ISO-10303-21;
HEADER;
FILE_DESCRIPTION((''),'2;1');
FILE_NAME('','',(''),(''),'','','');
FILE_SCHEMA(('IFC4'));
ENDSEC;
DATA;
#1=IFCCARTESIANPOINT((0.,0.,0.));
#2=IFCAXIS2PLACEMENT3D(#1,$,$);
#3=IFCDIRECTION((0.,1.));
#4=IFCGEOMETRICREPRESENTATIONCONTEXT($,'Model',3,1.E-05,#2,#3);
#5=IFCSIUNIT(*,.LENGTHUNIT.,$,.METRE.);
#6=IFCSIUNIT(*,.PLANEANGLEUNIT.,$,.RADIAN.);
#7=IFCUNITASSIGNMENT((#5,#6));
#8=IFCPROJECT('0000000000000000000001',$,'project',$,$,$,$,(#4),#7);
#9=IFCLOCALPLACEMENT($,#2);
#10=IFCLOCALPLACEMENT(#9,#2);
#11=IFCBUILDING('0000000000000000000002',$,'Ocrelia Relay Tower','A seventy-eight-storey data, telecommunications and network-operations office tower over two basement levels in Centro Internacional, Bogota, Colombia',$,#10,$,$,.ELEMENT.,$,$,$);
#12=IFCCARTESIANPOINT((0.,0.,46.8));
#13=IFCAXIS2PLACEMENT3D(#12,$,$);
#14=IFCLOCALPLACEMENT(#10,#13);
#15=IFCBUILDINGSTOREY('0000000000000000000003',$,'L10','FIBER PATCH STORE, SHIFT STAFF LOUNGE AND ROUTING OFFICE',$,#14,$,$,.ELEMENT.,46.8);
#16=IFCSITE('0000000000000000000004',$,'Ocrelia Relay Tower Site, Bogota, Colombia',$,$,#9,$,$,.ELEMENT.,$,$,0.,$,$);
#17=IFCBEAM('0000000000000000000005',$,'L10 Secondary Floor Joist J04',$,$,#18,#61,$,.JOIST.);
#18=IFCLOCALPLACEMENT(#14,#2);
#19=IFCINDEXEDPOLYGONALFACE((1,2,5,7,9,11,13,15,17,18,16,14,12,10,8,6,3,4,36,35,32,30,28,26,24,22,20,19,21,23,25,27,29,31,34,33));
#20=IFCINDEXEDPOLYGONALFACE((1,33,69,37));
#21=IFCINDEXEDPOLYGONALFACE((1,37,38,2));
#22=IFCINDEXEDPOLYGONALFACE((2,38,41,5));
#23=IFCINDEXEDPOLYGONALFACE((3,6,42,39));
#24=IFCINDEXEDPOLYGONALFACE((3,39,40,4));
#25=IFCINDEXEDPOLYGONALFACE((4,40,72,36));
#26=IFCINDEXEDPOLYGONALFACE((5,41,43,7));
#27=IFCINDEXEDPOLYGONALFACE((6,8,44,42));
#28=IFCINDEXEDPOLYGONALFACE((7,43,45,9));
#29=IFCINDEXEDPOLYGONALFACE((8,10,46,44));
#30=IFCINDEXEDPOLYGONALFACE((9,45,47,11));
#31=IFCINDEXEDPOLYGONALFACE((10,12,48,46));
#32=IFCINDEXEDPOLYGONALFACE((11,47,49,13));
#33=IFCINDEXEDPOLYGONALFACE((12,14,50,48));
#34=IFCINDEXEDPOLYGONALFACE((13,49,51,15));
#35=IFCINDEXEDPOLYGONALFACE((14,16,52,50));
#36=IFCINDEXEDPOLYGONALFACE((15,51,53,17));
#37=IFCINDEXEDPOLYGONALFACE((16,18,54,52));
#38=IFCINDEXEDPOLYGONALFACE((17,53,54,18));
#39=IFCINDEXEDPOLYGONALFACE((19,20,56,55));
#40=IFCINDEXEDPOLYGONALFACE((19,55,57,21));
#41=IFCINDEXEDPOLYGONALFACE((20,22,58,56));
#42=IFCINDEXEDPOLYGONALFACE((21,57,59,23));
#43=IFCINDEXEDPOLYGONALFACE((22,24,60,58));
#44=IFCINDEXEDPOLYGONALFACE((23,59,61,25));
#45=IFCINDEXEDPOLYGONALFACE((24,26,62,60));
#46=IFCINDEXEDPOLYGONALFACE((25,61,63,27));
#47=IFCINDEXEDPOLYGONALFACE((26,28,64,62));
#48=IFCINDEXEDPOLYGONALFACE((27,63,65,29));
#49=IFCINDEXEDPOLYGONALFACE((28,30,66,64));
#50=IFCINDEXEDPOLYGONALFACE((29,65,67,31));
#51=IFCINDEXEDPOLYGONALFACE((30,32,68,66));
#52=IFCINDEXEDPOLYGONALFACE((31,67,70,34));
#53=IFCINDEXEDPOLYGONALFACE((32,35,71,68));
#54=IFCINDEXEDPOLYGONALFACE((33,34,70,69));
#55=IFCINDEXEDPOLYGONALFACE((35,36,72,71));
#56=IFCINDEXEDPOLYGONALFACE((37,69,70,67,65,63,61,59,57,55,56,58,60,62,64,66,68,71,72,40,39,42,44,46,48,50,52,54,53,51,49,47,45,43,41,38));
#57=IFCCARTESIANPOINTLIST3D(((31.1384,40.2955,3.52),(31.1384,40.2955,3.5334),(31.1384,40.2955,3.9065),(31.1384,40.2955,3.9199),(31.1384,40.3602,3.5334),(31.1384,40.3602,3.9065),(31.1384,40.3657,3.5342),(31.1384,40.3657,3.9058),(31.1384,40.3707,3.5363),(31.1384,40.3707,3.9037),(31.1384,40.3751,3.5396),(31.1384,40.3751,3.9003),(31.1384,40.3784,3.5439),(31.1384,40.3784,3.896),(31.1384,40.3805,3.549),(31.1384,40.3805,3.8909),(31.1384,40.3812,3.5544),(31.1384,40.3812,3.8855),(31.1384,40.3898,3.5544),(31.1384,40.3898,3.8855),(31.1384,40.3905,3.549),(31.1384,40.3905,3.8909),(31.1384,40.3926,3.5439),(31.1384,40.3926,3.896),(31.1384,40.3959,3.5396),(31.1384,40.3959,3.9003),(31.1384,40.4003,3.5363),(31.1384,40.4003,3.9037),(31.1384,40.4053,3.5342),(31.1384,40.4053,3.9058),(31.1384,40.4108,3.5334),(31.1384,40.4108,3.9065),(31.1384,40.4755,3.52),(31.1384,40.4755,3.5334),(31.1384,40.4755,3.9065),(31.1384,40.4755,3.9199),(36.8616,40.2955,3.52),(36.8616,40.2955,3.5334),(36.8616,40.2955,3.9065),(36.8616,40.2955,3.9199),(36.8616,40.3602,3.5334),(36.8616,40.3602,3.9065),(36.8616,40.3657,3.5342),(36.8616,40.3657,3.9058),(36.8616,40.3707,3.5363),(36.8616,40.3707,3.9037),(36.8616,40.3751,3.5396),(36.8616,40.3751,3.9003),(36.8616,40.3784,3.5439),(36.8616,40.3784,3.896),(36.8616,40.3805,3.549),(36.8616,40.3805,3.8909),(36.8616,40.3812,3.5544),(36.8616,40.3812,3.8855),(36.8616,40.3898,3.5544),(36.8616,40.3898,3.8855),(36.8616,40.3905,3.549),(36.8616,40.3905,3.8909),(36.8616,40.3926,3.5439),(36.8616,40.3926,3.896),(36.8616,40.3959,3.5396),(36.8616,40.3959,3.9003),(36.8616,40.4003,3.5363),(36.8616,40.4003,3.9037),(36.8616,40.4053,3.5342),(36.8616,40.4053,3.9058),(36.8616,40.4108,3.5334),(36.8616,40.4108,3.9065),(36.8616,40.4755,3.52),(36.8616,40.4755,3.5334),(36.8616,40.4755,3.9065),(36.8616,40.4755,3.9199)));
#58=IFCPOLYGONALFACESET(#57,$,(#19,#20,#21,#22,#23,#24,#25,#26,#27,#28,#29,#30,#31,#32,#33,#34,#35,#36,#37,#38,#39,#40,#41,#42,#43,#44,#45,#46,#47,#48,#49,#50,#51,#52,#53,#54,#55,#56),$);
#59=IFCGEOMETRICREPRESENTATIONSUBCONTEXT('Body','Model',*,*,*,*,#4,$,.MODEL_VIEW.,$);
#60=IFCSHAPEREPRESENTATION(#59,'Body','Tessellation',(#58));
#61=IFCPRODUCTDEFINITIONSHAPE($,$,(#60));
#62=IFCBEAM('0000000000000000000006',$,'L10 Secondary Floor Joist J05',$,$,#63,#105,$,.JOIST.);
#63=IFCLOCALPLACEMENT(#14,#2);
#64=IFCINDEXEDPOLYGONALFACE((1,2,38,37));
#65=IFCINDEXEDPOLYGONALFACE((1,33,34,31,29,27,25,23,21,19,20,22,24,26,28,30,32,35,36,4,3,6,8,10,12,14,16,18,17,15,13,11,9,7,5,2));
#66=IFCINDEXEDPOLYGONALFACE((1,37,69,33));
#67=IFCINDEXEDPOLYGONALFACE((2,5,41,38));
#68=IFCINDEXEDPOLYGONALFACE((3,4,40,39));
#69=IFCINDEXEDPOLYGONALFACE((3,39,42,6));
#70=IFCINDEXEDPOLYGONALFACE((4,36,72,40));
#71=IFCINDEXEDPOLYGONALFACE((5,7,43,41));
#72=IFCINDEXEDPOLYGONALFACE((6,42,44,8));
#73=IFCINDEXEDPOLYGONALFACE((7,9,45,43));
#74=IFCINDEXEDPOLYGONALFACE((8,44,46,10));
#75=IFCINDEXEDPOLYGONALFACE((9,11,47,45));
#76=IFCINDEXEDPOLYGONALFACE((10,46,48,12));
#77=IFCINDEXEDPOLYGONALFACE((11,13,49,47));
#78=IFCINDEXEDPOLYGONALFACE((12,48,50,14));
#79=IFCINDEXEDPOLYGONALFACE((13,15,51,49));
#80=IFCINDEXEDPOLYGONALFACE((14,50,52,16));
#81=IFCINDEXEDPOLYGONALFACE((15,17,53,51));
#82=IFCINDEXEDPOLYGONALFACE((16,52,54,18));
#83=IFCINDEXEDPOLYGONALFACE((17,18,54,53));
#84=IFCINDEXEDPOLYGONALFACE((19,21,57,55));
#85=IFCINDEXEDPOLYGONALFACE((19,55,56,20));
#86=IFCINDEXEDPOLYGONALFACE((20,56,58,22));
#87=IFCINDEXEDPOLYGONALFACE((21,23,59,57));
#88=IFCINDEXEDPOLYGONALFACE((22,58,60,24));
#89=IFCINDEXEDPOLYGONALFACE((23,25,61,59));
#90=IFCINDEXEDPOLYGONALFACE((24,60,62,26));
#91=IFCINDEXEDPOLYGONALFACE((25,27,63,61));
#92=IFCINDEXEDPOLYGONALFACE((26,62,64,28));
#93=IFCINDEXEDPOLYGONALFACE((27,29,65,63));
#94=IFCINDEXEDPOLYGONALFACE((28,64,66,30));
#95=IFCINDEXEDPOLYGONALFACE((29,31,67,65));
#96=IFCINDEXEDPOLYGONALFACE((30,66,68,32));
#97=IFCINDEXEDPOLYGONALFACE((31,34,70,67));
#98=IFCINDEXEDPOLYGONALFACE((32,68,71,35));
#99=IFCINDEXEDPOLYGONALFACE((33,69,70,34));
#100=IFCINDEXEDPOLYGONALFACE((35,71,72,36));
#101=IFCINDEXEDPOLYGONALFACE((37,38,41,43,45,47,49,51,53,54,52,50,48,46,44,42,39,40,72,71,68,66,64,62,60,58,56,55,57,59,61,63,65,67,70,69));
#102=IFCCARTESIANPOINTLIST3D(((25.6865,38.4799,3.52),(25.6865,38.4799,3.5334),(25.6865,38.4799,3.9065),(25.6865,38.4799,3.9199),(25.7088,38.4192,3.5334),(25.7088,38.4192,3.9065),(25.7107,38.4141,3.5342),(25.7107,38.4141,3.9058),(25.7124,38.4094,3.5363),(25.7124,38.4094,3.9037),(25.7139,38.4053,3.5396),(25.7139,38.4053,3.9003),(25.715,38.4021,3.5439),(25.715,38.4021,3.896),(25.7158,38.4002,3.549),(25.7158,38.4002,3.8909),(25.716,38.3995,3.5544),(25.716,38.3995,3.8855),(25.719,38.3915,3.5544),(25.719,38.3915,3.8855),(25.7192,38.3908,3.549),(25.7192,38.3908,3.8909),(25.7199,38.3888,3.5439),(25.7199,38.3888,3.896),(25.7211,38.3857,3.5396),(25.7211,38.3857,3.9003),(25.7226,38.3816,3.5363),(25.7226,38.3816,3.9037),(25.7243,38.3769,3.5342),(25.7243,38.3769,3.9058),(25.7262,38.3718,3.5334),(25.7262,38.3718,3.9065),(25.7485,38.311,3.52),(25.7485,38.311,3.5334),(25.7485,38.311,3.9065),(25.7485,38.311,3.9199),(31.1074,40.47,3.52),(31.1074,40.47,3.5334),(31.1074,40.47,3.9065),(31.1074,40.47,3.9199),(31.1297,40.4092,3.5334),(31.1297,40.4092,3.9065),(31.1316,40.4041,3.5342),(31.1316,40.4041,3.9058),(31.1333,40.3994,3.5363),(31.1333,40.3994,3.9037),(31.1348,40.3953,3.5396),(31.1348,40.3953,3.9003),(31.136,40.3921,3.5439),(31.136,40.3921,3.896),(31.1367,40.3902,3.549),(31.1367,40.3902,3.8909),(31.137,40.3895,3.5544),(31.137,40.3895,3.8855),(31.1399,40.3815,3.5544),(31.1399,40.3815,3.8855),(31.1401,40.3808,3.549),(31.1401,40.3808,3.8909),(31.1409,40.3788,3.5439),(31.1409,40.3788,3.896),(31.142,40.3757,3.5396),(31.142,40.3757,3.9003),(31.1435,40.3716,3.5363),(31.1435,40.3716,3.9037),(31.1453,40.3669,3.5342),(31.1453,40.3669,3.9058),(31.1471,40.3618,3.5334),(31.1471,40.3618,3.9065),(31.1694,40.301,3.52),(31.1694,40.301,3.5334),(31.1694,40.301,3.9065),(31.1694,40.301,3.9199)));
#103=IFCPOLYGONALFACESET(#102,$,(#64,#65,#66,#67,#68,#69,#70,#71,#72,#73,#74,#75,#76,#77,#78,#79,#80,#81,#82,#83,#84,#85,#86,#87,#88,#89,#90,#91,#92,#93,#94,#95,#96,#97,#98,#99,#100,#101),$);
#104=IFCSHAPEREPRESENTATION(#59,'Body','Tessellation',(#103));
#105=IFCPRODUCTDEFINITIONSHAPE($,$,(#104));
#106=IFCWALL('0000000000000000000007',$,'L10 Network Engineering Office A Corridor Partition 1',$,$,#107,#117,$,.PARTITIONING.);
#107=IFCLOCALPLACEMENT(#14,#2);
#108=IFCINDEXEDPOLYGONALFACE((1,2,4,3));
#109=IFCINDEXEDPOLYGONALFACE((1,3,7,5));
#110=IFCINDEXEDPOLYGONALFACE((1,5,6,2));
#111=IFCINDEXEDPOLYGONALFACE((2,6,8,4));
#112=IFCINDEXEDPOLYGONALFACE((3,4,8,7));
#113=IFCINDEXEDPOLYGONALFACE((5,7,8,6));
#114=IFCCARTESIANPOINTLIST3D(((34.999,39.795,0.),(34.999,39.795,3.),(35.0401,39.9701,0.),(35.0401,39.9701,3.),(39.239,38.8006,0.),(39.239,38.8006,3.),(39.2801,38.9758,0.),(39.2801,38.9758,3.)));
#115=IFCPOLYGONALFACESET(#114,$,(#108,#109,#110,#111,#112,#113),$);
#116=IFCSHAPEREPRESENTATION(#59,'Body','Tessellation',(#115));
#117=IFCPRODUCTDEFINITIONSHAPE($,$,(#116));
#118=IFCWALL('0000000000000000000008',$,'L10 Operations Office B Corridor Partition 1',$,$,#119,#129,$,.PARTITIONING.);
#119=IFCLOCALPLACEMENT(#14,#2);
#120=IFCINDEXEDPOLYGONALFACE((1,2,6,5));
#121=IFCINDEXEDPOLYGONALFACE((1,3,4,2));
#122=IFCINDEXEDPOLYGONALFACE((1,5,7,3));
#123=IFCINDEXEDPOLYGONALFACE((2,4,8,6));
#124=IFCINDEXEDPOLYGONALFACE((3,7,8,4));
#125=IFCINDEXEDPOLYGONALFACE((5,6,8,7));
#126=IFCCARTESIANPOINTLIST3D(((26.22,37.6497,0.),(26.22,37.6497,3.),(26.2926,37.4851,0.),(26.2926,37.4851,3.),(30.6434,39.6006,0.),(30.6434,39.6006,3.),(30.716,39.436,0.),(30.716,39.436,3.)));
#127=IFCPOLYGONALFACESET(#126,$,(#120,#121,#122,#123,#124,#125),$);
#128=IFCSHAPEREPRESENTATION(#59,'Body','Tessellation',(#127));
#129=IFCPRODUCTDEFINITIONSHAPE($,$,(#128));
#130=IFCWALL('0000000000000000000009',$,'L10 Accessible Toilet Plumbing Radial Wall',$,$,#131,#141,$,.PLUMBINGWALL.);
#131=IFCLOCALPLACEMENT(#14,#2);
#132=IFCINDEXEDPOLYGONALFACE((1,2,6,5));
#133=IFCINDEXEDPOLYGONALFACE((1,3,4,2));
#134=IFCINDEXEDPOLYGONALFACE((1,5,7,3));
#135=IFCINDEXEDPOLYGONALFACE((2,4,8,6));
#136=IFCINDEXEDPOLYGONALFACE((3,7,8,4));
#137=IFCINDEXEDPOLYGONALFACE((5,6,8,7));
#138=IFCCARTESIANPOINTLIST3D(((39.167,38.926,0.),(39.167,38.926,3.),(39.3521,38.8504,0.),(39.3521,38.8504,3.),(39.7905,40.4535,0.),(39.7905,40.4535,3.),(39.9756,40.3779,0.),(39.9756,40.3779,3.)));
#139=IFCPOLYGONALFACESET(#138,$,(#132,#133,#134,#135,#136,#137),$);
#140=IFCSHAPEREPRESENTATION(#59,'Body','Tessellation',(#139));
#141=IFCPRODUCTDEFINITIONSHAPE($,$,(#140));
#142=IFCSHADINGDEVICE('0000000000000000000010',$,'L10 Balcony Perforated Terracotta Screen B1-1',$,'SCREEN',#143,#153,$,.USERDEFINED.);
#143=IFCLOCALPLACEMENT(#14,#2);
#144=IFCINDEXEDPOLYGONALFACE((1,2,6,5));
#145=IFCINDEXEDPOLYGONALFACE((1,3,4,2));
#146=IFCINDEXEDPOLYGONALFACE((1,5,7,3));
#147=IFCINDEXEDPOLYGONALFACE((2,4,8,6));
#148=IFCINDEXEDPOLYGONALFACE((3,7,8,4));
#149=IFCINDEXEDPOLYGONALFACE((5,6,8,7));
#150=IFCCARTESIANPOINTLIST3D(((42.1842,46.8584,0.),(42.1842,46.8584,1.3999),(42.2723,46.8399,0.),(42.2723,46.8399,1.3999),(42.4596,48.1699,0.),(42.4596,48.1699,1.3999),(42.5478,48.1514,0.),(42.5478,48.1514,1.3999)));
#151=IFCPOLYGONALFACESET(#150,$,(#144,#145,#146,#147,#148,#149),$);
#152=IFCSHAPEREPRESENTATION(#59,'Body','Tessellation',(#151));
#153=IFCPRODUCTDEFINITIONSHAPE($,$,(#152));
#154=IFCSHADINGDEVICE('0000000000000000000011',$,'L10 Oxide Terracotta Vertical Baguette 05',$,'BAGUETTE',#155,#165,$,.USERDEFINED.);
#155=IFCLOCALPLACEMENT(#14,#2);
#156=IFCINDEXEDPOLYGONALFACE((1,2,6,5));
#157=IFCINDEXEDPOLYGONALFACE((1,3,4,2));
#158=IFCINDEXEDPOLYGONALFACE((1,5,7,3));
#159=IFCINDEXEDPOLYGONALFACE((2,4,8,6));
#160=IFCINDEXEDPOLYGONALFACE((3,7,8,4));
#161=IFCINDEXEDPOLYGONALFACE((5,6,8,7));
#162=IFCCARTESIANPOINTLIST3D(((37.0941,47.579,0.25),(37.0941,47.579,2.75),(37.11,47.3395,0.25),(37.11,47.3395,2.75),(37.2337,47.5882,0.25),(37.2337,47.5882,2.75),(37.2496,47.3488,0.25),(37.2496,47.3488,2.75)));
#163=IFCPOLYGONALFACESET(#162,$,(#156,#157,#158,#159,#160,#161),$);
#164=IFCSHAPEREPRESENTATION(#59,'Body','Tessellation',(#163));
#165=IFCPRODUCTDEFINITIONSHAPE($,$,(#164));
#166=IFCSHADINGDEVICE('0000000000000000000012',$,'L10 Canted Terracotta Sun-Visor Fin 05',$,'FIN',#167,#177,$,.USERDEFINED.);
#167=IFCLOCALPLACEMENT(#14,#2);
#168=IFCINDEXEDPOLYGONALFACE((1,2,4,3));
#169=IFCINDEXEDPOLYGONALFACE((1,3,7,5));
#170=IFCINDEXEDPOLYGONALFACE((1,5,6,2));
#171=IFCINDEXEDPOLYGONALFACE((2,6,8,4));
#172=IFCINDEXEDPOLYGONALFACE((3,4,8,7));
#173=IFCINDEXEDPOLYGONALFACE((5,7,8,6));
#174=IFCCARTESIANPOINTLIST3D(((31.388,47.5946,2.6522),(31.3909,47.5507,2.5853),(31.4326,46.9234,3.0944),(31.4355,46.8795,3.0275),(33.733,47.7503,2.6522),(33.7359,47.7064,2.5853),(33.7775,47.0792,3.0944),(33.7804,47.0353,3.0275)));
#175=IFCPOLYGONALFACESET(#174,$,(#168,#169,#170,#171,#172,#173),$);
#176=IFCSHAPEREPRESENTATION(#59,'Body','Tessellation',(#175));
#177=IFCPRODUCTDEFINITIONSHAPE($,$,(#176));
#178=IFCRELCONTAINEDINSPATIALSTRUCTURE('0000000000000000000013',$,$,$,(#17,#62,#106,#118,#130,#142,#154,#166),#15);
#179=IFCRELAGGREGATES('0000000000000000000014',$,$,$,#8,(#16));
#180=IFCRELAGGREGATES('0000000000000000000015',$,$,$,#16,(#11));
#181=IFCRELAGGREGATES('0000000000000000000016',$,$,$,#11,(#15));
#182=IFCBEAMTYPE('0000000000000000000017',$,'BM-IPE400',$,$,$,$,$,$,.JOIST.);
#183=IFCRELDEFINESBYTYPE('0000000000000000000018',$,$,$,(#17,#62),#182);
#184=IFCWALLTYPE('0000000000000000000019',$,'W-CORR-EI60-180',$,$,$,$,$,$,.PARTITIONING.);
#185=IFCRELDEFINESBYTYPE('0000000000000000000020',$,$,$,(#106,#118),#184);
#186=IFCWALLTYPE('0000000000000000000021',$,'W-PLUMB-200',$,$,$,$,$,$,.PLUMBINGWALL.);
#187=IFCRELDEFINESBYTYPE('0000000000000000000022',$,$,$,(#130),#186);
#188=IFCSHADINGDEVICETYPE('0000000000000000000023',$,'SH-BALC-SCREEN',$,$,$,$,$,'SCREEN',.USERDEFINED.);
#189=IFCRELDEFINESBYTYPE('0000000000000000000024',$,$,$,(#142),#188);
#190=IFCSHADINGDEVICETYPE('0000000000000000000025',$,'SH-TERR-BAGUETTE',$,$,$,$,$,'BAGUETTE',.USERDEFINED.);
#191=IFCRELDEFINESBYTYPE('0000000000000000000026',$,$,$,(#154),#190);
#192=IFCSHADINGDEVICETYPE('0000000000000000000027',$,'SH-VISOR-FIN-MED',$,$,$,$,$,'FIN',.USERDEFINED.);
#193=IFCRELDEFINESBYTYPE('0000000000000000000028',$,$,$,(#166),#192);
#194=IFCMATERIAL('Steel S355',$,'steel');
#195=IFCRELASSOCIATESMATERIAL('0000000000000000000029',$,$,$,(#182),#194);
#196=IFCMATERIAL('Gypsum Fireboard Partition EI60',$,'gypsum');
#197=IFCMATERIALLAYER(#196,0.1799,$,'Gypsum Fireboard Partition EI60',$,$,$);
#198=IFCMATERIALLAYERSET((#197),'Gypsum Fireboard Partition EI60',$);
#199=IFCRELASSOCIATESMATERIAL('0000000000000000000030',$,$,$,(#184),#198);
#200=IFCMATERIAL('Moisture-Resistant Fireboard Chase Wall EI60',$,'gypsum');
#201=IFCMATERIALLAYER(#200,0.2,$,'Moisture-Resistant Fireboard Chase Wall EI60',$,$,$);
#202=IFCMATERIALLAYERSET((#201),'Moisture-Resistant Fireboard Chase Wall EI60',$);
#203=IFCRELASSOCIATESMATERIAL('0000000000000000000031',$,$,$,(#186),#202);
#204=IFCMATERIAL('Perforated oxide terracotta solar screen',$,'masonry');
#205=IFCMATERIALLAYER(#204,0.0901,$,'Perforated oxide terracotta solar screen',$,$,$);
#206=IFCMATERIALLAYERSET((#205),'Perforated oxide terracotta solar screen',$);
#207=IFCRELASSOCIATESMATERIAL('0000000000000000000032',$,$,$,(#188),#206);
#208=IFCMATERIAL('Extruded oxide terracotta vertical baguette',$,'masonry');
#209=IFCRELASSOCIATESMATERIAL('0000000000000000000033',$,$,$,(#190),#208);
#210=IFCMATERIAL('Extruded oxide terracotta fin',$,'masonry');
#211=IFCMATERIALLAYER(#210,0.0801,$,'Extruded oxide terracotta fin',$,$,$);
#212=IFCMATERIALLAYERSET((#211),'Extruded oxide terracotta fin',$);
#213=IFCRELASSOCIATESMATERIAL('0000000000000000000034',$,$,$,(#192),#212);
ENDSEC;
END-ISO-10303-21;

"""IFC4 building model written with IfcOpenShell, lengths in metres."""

from ifc_helpers import new_model, si_unit, direction, frame, frame_2d, origin, origin_2d, place, context, subcontext, project, spatial, rectangle, i_section, extrude, material, layer, layer_set, material_profile, profile_set, type_object, element, save


model = new_model("IFC4")

# Units and contexts
model_context = context("Model", 3, precision=1e-05, world=origin(), true_north=direction((0.0, 1.0)))
body_context = subcontext(model_context, "Body", "Model", "MODEL_VIEW")
ifc_project = project(units=[si_unit("LENGTHUNIT", "METRE"), si_unit("PLANEANGLEUNIT", "RADIAN")], contexts=[model_context])

# Site, building, storey
site_placement = place(None, origin())
site = spatial("IfcSite", under=ifc_project, at=site_placement, Name="Ocrelia Relay Tower Site, Bogota, Colombia", CompositionType="ELEMENT", RefElevation=0.0)
building_placement = place(site_placement, origin())
building = spatial("IfcBuilding", under=site, at=building_placement, Name="Ocrelia Relay Tower", Description="A seventy-eight-storey data, telecommunications and network-operations office tower over two basement levels in Centro Internacional, Bogota, Colombia", CompositionType="ELEMENT")
storey_placement = place(building_placement, frame((0.0, 0.0, 46.8)))
storey = spatial("IfcBuildingStorey", under=building, at=storey_placement, Name="L10", Description="FIBER PATCH STORE, SHIFT STAFF LOUNGE AND ROUTING OFFICE", CompositionType="ELEMENT", Elevation=46.8)

# Beams
ifc_material_1 = material(Name="Steel S355", Category="steel")
ifc_material_profile_1 = material_profile(ifc_material_1, i_section(OverallWidth=0.1799, OverallDepth=0.3999, WebThickness=0.0085, FlangeThickness=0.0134, FilletRadius=0.021, at=origin_2d()), Name="IPE 400")
ifc_profile_set_1 = profile_set([ifc_material_profile_1], Name="Steel S355")
beam_type_1 = type_object("IfcBeamType", Name="BM-IPE400", PredefinedType="JOIST", material=ifc_profile_set_1)
beam_1_placement = place(storey_placement, frame((36.8616, 40.3855, 3.72), z_axis=(-1.0, 0.0, 0.0), x_axis=(0.0, -1.0, 0.0)))
element("IfcBeam", 1, at=beam_1_placement, inside=storey, type_object=beam_type_1, Name="L10 Secondary Floor Joist J04", PredefinedType="JOIST", context=body_context, shape_type="SweptSolid", body=[
    extrude(i_section(OverallWidth=0.1799, OverallDepth=0.3999, WebThickness=0.0085, FlangeThickness=0.0134, FilletRadius=0.021, at=origin_2d()), origin(), (0.0, 0.0, 1.0), 5.7231),
])
beam_2_placement = place(storey_placement, frame((31.1384, 40.3855, 3.72), z_axis=(-0.938746, -0.34461, 0.0), x_axis=(0.34461, -0.938746, 0.0)))
element("IfcBeam", 2, at=beam_2_placement, inside=storey, type_object=beam_type_1, Name="L10 Secondary Floor Joist J05", PredefinedType="JOIST", context=body_context, shape_type="SweptSolid", body=[
    extrude(i_section(OverallWidth=0.1799, OverallDepth=0.3999, WebThickness=0.0085, FlangeThickness=0.0134, FilletRadius=0.021, at=origin_2d()), origin(), (0.0, 0.0, 1.0), 5.7747),
])

# Wall
ifc_material_2 = material(Name="Gypsum Fireboard Partition EI60", Category="gypsum")
ifc_layer_1 = layer(ifc_material_2, 0.1799, Name="Gypsum Fireboard Partition EI60")
ifc_layer_set_1 = layer_set([ifc_layer_1], Name="Gypsum Fireboard Partition EI60")
wall_type_1 = type_object("IfcWallType", Name="W-CORR-EI60-180", PredefinedType="PARTITIONING", material=ifc_layer_set_1)
wall_1_placement = place(storey_placement, frame((39.2595, 38.8882, 0.0), z_axis=(0.0, 0.0, 1.0), x_axis=(-0.973584, 0.22833, 0.0)))
element("IfcWall", 3, at=wall_1_placement, inside=storey, type_object=wall_type_1, Name="L10 Network Engineering Office A Corridor Partition 1", PredefinedType="PARTITIONING", context=body_context, shape_type="SweptSolid", body=[
    extrude(rectangle(XDim=4.355, YDim=0.1799, at=frame_2d((2.1775, 0.0))), origin(), (0.0, 0.0, 1.0), 3.0),
])

# Wall
wall_2_placement = place(storey_placement, frame((30.6797, 39.5183, 0.0), z_axis=(0.0, 0.0, 1.0), x_axis=(-0.914959, -0.403546, 0.0)))
element("IfcWall", 4, at=wall_2_placement, inside=storey, type_object=wall_type_1, Name="L10 Operations Office B Corridor Partition 1", PredefinedType="PARTITIONING", context=body_context, shape_type="SweptSolid", body=[
    extrude(rectangle(XDim=4.8345, YDim=0.1799, at=frame_2d((2.4172, 0.0))), origin(), (0.0, 0.0, 1.0), 3.0),
])

# Wall
ifc_material_3 = material(Name="Moisture-Resistant Fireboard Chase Wall EI60", Category="gypsum")
ifc_layer_2 = layer(ifc_material_3, 0.2, Name="Moisture-Resistant Fireboard Chase Wall EI60")
ifc_layer_set_2 = layer_set([ifc_layer_2], Name="Moisture-Resistant Fireboard Chase Wall EI60")
wall_type_2 = type_object("IfcWallType", Name="W-PLUMB-200", PredefinedType="PLUMBINGWALL", material=ifc_layer_set_2)
wall_3_placement = place(storey_placement, frame((39.2595, 38.8882, 0.0), z_axis=(0.0, 0.0, 1.0), x_axis=(0.377913, 0.925841, 0.0)))
element("IfcWall", 5, at=wall_3_placement, inside=storey, type_object=wall_type_2, Name="L10 Accessible Toilet Plumbing Radial Wall", PredefinedType="PLUMBINGWALL", context=body_context, shape_type="SweptSolid", body=[
    extrude(rectangle(XDim=1.6499, YDim=0.2, at=frame_2d((0.825, 0.0))), origin(), (0.0, 0.0, 1.0), 3.0),
])

# Shading devices
ifc_material_4 = material(Name="Perforated oxide terracotta solar screen", Category="masonry")
ifc_layer_3 = layer(ifc_material_4, 0.0901, Name="Perforated oxide terracotta solar screen")
ifc_layer_set_3 = layer_set([ifc_layer_3], Name="Perforated oxide terracotta solar screen")
shading_device_type_1 = type_object("IfcShadingDeviceType", Name="SH-BALC-SCREEN", ElementType="SCREEN", PredefinedType="USERDEFINED", material=ifc_layer_set_3)
shading_device_1_placement = place(storey_placement, frame((42.366, 47.5049, 0.0), z_axis=(0.0, 0.0, 1.0), x_axis=(0.205533, 0.97865, 0.0)))
element("IfcShadingDevice", 6, at=shading_device_1_placement, inside=storey, type_object=shading_device_type_1, Name="L10 Balcony Perforated Terracotta Screen B1-1", ObjectType="SCREEN", PredefinedType="USERDEFINED", context=body_context, shape_type="SweptSolid", body=[
    extrude(rectangle(XDim=1.3401, YDim=0.0901, at=origin_2d()), origin(), (0.0, 0.0, 1.0), 1.3999),
])
ifc_material_5 = material(Name="Extruded oxide terracotta vertical baguette", Category="masonry")
shading_device_type_2 = type_object("IfcShadingDeviceType", Name="SH-TERR-BAGUETTE", ElementType="BAGUETTE", PredefinedType="USERDEFINED", material=ifc_material_5)
shading_device_2_placement = place(storey_placement, frame((37.1719, 47.4639, 0.25), z_axis=(0.0, 0.0, 1.0), x_axis=(-0.997802, -0.066267, 0.0)))
element("IfcShadingDevice", 7, at=shading_device_2_placement, inside=storey, type_object=shading_device_type_2, Name="L10 Oxide Terracotta Vertical Baguette 05", ObjectType="BAGUETTE", PredefinedType="USERDEFINED", context=body_context, shape_type="SweptSolid", body=[
    extrude(rectangle(XDim=0.1399, YDim=0.24, at=origin_2d()), origin(), (0.0, 0.0, 1.0), 2.5),
])
ifc_material_6 = material(Name="Extruded oxide terracotta fin", Category="masonry")
ifc_layer_4 = layer(ifc_material_6, 0.0801, Name="Extruded oxide terracotta fin")
ifc_layer_set_4 = layer_set([ifc_layer_4], Name="Extruded oxide terracotta fin")
shading_device_type_3 = type_object("IfcShadingDeviceType", Name="SH-VISOR-FIN-MED", ElementType="FIN", PredefinedType="USERDEFINED", material=ifc_layer_set_4)
shading_device_3_placement = place(storey_placement, frame((32.5857, 47.293, 2.8064), z_axis=(-0.036402, 0.548107, 0.835616), x_axis=(-0.997802, -0.066267, 0.0)))
element("IfcShadingDevice", 8, at=shading_device_3_placement, inside=storey, type_object=shading_device_type_3, Name="L10 Canted Terracotta Sun-Visor Fin 05", ObjectType="FIN", PredefinedType="USERDEFINED", context=body_context, shape_type="SweptSolid", body=[
    extrude(rectangle(XDim=2.3501, YDim=0.8049, at=origin_2d()), origin(), (0.0, 0.0, 1.0), 0.0801),
])

save(model, "model.ifc")
